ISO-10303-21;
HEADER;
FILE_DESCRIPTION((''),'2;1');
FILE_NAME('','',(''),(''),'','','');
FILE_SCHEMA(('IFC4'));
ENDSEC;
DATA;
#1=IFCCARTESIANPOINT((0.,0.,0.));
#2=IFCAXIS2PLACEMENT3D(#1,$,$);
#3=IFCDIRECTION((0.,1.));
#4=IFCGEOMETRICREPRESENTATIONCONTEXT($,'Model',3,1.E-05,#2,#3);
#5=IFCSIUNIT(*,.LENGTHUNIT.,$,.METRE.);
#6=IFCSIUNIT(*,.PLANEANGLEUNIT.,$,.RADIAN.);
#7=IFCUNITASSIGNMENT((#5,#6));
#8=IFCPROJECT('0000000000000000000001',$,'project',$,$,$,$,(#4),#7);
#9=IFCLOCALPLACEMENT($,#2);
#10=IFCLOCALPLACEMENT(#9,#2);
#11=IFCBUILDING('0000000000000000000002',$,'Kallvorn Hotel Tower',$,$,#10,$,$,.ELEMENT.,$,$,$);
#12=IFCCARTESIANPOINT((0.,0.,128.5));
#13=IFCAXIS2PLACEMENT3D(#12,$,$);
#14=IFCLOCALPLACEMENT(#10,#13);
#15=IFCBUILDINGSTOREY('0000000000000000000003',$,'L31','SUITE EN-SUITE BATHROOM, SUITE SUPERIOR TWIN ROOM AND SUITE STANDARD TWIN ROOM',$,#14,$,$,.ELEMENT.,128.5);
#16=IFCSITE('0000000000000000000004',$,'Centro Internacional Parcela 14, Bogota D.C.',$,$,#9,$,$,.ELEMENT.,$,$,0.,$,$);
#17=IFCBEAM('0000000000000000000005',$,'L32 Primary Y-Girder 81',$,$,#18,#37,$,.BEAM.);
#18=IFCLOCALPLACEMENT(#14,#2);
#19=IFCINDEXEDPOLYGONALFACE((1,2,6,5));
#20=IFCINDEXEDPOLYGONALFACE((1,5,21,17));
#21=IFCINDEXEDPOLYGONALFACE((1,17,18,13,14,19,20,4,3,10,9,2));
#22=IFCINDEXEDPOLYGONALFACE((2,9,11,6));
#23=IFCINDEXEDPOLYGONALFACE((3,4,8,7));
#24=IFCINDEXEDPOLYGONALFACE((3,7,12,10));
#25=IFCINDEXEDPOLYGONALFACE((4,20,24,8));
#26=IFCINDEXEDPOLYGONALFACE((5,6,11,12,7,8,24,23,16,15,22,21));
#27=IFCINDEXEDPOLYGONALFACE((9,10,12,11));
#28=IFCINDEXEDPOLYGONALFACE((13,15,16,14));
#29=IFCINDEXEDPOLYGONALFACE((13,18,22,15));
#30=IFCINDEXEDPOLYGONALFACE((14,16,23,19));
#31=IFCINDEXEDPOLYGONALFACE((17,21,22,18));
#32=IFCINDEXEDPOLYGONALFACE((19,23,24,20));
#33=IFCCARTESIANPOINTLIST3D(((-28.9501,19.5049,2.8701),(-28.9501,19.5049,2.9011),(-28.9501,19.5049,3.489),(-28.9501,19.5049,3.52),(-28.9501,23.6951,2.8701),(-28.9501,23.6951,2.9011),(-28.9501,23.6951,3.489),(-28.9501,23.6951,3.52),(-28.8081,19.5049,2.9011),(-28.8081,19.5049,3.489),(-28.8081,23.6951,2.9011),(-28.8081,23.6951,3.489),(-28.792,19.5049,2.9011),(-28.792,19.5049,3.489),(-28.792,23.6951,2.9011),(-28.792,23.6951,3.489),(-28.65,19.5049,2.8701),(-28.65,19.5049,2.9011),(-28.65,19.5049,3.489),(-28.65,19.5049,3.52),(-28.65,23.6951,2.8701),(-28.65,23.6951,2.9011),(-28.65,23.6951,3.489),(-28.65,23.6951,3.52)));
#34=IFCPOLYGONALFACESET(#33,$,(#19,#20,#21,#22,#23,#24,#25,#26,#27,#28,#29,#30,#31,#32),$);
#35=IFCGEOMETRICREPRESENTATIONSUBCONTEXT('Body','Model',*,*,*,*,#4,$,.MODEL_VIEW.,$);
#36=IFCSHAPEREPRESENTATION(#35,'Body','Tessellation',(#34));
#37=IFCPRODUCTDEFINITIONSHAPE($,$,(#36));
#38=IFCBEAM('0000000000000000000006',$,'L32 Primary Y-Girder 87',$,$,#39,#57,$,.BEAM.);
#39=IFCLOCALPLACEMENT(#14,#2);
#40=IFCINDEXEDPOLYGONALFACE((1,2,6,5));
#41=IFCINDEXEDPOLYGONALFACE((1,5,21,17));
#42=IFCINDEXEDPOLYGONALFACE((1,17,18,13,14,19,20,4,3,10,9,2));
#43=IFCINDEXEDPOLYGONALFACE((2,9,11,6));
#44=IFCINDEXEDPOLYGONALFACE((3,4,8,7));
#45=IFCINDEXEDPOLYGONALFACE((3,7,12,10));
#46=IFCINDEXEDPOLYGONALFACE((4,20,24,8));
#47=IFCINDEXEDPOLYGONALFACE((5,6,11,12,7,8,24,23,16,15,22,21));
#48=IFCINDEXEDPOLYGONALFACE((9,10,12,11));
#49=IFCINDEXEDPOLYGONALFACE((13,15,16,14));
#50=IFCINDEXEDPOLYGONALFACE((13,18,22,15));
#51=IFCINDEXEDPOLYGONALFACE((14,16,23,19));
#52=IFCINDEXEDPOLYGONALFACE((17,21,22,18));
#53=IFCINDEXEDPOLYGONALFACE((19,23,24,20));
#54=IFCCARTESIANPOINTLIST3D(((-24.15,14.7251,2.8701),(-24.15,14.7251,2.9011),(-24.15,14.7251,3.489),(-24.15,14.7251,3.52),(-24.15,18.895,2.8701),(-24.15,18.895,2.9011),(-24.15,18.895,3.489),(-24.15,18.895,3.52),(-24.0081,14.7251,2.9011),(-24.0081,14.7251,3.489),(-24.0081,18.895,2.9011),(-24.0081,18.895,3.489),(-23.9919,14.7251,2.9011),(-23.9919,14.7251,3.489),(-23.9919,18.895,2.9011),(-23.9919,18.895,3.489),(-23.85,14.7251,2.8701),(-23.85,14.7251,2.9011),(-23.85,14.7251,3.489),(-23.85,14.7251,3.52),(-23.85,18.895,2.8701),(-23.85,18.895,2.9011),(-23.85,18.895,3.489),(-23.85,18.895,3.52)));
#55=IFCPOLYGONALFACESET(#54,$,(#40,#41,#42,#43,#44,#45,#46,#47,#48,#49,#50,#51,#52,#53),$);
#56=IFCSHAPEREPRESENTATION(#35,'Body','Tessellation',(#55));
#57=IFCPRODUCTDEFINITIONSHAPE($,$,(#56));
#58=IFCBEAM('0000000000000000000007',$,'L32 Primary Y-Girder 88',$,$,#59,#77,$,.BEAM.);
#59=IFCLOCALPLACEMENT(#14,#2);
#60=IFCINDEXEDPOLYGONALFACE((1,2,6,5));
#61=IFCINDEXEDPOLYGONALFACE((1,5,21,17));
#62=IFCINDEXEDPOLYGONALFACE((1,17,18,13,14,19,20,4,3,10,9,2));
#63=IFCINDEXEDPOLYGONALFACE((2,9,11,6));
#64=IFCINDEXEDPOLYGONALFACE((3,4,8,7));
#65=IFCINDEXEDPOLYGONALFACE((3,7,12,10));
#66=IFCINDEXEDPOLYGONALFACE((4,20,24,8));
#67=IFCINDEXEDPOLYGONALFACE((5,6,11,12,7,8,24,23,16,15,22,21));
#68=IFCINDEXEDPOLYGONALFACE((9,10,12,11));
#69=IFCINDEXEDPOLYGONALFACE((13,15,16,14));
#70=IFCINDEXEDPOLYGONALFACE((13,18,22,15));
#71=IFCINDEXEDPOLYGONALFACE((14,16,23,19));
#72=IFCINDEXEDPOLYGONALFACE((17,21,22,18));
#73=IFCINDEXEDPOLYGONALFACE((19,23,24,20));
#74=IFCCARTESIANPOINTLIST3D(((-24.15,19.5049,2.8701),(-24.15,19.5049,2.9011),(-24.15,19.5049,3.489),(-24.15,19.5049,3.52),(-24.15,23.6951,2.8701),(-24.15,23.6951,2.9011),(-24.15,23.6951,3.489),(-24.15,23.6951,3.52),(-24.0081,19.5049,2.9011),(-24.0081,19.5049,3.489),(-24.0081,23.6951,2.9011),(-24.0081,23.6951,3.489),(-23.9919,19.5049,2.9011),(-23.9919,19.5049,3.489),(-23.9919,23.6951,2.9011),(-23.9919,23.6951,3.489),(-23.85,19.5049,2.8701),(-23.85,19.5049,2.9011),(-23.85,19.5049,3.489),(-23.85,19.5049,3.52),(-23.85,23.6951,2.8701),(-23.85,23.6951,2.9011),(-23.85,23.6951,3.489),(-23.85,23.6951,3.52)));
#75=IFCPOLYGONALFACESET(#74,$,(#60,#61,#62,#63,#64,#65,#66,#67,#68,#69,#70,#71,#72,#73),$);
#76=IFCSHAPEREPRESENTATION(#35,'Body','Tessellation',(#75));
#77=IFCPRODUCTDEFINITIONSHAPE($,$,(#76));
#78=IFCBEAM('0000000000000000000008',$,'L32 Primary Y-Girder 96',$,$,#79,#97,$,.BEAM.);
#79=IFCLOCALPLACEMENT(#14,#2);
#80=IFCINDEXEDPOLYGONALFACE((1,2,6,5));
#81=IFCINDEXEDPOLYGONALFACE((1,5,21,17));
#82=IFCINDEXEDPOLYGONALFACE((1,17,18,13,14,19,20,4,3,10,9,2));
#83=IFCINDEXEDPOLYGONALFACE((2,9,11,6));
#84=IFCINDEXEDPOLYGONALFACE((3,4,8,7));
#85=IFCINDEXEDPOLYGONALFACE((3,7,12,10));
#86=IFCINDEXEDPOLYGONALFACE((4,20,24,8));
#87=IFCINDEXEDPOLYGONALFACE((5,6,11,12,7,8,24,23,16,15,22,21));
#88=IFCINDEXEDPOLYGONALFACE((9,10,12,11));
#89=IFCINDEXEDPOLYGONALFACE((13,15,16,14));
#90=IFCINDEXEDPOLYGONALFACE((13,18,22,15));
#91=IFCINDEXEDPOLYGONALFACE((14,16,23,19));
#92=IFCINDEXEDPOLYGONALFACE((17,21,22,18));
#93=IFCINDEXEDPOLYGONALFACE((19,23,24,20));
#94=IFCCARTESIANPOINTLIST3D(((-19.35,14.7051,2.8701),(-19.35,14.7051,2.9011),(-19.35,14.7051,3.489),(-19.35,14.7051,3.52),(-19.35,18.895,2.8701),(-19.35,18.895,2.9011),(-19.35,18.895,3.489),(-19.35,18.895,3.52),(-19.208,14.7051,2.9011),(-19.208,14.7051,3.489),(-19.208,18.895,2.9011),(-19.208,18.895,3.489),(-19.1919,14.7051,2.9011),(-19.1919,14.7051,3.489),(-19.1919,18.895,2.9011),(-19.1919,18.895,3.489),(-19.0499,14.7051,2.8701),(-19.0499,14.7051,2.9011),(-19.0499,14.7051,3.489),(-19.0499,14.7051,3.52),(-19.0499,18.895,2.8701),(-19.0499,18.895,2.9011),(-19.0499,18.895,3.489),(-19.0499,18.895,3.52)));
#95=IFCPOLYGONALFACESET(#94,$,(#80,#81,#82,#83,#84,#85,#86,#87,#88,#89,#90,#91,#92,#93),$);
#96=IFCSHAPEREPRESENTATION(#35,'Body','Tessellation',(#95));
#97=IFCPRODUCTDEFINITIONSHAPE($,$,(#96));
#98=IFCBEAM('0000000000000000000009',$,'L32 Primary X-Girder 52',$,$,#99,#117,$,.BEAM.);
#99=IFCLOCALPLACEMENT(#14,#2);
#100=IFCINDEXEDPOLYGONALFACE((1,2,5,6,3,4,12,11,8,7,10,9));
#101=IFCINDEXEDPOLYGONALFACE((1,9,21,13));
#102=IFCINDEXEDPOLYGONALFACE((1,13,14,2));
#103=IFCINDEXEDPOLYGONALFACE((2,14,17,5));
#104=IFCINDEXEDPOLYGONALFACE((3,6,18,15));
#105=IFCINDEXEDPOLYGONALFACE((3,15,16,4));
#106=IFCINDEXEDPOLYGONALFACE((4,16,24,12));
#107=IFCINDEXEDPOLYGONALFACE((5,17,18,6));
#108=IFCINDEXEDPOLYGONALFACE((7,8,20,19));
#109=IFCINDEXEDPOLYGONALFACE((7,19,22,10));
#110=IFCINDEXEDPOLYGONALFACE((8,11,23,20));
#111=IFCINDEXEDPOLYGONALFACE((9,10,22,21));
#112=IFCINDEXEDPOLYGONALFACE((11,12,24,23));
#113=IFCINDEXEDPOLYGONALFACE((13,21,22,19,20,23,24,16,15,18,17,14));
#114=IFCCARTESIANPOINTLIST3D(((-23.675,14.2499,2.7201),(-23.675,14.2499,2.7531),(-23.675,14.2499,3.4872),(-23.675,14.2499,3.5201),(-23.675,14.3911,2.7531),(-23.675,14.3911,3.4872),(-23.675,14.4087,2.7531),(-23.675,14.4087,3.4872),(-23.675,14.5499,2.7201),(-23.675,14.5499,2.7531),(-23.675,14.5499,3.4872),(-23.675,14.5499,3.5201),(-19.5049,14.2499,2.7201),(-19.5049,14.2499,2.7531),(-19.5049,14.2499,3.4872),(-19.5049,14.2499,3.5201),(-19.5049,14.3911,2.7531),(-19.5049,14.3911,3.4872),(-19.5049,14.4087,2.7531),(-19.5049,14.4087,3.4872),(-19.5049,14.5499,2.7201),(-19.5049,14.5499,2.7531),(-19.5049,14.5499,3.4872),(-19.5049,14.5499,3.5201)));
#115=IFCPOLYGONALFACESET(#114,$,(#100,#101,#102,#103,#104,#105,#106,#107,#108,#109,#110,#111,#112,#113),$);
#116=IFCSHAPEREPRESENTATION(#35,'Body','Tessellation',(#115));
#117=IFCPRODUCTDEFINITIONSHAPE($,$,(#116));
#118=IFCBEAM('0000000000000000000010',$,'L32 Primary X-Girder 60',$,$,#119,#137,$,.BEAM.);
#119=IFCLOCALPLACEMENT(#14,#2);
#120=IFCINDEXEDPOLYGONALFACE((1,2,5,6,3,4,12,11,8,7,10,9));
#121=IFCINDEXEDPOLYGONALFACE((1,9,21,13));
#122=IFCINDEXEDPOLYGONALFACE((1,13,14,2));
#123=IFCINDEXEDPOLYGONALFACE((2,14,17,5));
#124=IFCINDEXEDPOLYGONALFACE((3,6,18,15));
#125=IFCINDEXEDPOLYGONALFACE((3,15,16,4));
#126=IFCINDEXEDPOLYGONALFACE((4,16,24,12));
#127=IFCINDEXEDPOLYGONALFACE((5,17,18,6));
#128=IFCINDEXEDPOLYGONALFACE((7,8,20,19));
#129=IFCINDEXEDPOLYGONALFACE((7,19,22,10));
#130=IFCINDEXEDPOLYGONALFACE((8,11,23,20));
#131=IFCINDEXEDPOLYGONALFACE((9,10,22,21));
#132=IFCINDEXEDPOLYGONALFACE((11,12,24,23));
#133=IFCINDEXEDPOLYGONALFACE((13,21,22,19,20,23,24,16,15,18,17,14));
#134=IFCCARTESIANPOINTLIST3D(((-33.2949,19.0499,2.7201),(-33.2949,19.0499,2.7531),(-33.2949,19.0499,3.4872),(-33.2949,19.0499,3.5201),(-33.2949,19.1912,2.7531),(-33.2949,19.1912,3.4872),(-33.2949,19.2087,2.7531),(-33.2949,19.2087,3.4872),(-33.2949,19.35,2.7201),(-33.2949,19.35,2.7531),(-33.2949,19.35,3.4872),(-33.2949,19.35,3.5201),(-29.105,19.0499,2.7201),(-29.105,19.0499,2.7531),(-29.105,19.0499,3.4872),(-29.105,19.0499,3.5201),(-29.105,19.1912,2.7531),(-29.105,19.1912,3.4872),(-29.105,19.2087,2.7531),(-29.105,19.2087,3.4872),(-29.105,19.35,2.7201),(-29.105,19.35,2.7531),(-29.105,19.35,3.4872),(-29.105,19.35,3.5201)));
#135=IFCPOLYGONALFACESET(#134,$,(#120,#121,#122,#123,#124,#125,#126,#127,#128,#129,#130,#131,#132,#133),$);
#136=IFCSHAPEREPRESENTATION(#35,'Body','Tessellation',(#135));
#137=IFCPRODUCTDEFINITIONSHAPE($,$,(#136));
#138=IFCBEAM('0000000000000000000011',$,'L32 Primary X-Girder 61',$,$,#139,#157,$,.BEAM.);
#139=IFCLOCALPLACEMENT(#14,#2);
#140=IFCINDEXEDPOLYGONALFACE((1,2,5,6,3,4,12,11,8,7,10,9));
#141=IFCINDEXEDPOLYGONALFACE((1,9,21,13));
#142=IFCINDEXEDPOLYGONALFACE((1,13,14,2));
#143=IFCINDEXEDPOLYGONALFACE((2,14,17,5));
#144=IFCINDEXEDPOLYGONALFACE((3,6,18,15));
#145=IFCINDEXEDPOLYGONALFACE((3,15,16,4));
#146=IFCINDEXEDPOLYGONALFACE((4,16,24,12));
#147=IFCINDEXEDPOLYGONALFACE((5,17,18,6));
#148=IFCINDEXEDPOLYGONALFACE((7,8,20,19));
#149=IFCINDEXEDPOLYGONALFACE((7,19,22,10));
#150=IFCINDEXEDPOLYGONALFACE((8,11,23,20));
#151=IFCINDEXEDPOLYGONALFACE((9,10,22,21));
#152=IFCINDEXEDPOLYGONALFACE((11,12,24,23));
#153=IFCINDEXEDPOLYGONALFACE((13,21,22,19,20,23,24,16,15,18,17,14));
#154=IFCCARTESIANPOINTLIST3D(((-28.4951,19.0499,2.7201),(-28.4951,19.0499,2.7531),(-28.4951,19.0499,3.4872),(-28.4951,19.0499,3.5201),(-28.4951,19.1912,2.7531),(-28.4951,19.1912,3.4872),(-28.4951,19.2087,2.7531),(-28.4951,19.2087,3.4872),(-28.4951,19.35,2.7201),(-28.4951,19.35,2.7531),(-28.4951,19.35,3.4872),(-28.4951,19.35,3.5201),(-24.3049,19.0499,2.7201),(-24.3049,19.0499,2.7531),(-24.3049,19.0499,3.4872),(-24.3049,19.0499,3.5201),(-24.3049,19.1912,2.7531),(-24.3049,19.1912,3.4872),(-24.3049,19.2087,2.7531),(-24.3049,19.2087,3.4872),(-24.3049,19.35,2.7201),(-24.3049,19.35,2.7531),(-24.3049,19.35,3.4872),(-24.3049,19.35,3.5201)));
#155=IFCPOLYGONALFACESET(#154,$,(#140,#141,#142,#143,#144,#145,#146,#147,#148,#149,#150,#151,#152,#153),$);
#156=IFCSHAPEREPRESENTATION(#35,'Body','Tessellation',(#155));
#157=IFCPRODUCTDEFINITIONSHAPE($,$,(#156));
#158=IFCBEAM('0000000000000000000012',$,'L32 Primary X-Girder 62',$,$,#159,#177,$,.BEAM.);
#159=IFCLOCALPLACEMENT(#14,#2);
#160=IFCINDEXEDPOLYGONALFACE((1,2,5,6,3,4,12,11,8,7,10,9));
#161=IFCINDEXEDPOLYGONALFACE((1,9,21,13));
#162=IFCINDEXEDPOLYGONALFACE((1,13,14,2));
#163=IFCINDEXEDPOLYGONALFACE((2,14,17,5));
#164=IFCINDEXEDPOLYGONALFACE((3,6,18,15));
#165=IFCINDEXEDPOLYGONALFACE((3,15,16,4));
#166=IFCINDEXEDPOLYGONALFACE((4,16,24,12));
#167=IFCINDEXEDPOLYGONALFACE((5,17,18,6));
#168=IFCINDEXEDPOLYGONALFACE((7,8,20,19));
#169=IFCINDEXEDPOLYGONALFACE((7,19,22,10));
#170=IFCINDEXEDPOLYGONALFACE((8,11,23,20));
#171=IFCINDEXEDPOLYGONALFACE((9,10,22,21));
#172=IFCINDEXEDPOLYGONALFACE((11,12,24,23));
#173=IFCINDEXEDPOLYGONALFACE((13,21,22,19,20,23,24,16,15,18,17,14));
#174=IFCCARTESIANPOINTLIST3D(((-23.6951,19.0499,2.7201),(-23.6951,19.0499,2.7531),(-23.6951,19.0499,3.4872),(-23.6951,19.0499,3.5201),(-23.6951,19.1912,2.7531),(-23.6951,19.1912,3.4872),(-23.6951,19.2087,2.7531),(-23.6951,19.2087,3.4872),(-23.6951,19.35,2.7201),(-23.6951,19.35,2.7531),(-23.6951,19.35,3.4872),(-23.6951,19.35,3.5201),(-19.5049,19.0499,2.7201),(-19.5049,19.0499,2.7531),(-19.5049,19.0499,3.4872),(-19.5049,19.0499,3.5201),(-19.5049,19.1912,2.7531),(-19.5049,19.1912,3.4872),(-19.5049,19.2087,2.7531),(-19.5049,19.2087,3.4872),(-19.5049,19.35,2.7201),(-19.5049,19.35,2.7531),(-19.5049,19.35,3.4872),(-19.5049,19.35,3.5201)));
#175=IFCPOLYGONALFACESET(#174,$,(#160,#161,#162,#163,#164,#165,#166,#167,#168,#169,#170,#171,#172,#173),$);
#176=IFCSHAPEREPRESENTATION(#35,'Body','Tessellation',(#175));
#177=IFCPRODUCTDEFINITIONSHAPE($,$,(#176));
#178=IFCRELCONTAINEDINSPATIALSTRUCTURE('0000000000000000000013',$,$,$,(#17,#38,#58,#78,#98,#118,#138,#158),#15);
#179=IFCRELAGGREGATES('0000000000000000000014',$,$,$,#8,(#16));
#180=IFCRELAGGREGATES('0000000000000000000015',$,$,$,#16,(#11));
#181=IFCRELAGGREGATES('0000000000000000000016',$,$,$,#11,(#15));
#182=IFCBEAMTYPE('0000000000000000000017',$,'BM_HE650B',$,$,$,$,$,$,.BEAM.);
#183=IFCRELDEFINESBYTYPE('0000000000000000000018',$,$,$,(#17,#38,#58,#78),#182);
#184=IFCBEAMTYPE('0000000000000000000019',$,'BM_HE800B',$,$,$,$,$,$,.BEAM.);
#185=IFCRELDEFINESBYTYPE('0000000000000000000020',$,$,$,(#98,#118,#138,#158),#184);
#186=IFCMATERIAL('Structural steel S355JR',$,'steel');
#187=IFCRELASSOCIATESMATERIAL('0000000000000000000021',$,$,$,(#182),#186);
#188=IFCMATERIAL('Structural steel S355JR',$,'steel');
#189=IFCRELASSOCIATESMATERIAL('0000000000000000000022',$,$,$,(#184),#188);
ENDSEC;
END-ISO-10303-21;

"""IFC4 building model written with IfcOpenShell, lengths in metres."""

from ifc_helpers import new_model, si_unit, direction, frame, origin, origin_2d, place, context, subcontext, project, spatial, i_section, extrude, material, material_profile, profile_set, type_object, element, save


model = new_model("IFC4")

# Units and contexts
model_context = context("Model", 3, precision=1e-05, world=origin(), true_north=direction((0.0, 1.0)))
body_context = subcontext(model_context, "Body", "Model", "MODEL_VIEW")
ifc_project = project(units=[si_unit("LENGTHUNIT", "METRE"), si_unit("PLANEANGLEUNIT", "RADIAN")], contexts=[model_context])

# Site, building, storey
site_placement = place(None, origin())
site = spatial("IfcSite", under=ifc_project, at=site_placement, Name="Centro Internacional Parcela 14, Bogota D.C.", CompositionType="ELEMENT", RefElevation=0.0)
building_placement = place(site_placement, origin())
building = spatial("IfcBuilding", under=site, at=building_placement, Name="Kallvorn Hotel Tower", CompositionType="ELEMENT")
storey_placement = place(building_placement, frame((0.0, 0.0, 128.5)))
storey = spatial("IfcBuildingStorey", under=building, at=storey_placement, Name="L31", Description="SUITE EN-SUITE BATHROOM, SUITE SUPERIOR TWIN ROOM AND SUITE STANDARD TWIN ROOM", CompositionType="ELEMENT", Elevation=128.5)

# Beams
ifc_material_1 = material(Name="Structural steel S355JR", Category="steel")
ifc_material_profile_1 = material_profile(ifc_material_1, i_section(OverallWidth=0.3, OverallDepth=0.6499, WebThickness=0.0161, FlangeThickness=0.031, at=origin_2d()), Name="HE 650 B")
ifc_profile_set_1 = profile_set([ifc_material_profile_1], Name="Structural steel S355JR")
beam_type_1 = type_object("IfcBeamType", Name="BM_HE650B", PredefinedType="BEAM", material=ifc_profile_set_1)
beam_1_placement = place(storey_placement, frame((-28.8, 19.5049, 3.1951), z_axis=(0.0, 1.0, 0.0), x_axis=(-1.0, 0.0, 0.0)))
element("IfcBeam", 1, at=beam_1_placement, inside=storey, type_object=beam_type_1, Name="L32 Primary Y-Girder 81", PredefinedType="BEAM", context=body_context, shape_type="SweptSolid", body=[
    extrude(i_section(OverallWidth=0.3, OverallDepth=0.6499, WebThickness=0.0161, FlangeThickness=0.031, at=origin_2d()), origin(), (0.0, 0.0, 1.0), 4.1902),
])
beam_2_placement = place(storey_placement, frame((-24.0, 14.7251, 3.1951), z_axis=(0.0, 1.0, 0.0), x_axis=(-1.0, 0.0, 0.0)))
element("IfcBeam", 2, at=beam_2_placement, inside=storey, type_object=beam_type_1, Name="L32 Primary Y-Girder 87", PredefinedType="BEAM", context=body_context, shape_type="SweptSolid", body=[
    extrude(i_section(OverallWidth=0.3, OverallDepth=0.6499, WebThickness=0.0161, FlangeThickness=0.031, at=origin_2d()), origin(), (0.0, 0.0, 1.0), 4.1699),
])
beam_3_placement = place(storey_placement, frame((-24.0, 19.5049, 3.1951), z_axis=(0.0, 1.0, 0.0), x_axis=(-1.0, 0.0, 0.0)))
element("IfcBeam", 3, at=beam_3_placement, inside=storey, type_object=beam_type_1, Name="L32 Primary Y-Girder 88", PredefinedType="BEAM", context=body_context, shape_type="SweptSolid", body=[
    extrude(i_section(OverallWidth=0.3, OverallDepth=0.6499, WebThickness=0.0161, FlangeThickness=0.031, at=origin_2d()), origin(), (0.0, 0.0, 1.0), 4.1902),
])
beam_4_placement = place(storey_placement, frame((-19.2, 14.7051, 3.1951), z_axis=(0.0, 1.0, 0.0), x_axis=(-1.0, 0.0, 0.0)))
element("IfcBeam", 4, at=beam_4_placement, inside=storey, type_object=beam_type_1, Name="L32 Primary Y-Girder 96", PredefinedType="BEAM", context=body_context, shape_type="SweptSolid", body=[
    extrude(i_section(OverallWidth=0.3, OverallDepth=0.6499, WebThickness=0.0161, FlangeThickness=0.031, at=origin_2d()), origin(), (0.0, 0.0, 1.0), 4.1899),
])
ifc_material_2 = material(Name="Structural steel S355JR", Category="steel")
ifc_material_profile_2 = material_profile(ifc_material_2, i_section(OverallWidth=0.3, OverallDepth=0.8, WebThickness=0.0176, FlangeThickness=0.033, at=origin_2d()), Name="HE 800 B")
ifc_profile_set_2 = profile_set([ifc_material_profile_2], Name="Structural steel S355JR")
beam_type_2 = type_object("IfcBeamType", Name="BM_HE800B", PredefinedType="BEAM", material=ifc_profile_set_2)
beam_5_placement = place(storey_placement, frame((-23.675, 14.3999, 3.1201), z_axis=(1.0, 0.0, 0.0), x_axis=(0.0, 1.0, 0.0)))
element("IfcBeam", 5, at=beam_5_placement, inside=storey, type_object=beam_type_2, Name="L32 Primary X-Girder 52", PredefinedType="BEAM", context=body_context, shape_type="SweptSolid", body=[
    extrude(i_section(OverallWidth=0.3, OverallDepth=0.8, WebThickness=0.0176, FlangeThickness=0.033, at=origin_2d()), origin(), (0.0, 0.0, 1.0), 4.1702),
])
beam_6_placement = place(storey_placement, frame((-33.2949, 19.2, 3.1201), z_axis=(1.0, 0.0, 0.0), x_axis=(0.0, 1.0, 0.0)))
element("IfcBeam", 6, at=beam_6_placement, inside=storey, type_object=beam_type_2, Name="L32 Primary X-Girder 60", PredefinedType="BEAM", context=body_context, shape_type="SweptSolid", body=[
    extrude(i_section(OverallWidth=0.3, OverallDepth=0.8, WebThickness=0.0176, FlangeThickness=0.033, at=origin_2d()), origin(), (0.0, 0.0, 1.0), 4.1899),
])
for number, where, z_axis, x_axis, name in (
    (7, (-28.4951, 19.2, 3.1201), (1.0, 0.0, 0.0), (0.0, 1.0, 0.0), "L32 Primary X-Girder 61"),
    (8, (-23.6951, 19.2, 3.1201), (1.0, 0.0, 0.0), (0.0, 1.0, 0.0), "L32 Primary X-Girder 62"),
):
    element("IfcBeam", number, at=place(storey_placement, frame(where, z_axis=z_axis, x_axis=x_axis)), inside=storey, type_object=beam_type_2, Name=name, PredefinedType="BEAM", context=body_context, shape_type="SweptSolid", body=[
        extrude(i_section(OverallWidth=0.3, OverallDepth=0.8, WebThickness=0.0176, FlangeThickness=0.033, at=origin_2d()), origin(), (0.0, 0.0, 1.0), 4.1902),
    ])

save(model, "model.ifc")
